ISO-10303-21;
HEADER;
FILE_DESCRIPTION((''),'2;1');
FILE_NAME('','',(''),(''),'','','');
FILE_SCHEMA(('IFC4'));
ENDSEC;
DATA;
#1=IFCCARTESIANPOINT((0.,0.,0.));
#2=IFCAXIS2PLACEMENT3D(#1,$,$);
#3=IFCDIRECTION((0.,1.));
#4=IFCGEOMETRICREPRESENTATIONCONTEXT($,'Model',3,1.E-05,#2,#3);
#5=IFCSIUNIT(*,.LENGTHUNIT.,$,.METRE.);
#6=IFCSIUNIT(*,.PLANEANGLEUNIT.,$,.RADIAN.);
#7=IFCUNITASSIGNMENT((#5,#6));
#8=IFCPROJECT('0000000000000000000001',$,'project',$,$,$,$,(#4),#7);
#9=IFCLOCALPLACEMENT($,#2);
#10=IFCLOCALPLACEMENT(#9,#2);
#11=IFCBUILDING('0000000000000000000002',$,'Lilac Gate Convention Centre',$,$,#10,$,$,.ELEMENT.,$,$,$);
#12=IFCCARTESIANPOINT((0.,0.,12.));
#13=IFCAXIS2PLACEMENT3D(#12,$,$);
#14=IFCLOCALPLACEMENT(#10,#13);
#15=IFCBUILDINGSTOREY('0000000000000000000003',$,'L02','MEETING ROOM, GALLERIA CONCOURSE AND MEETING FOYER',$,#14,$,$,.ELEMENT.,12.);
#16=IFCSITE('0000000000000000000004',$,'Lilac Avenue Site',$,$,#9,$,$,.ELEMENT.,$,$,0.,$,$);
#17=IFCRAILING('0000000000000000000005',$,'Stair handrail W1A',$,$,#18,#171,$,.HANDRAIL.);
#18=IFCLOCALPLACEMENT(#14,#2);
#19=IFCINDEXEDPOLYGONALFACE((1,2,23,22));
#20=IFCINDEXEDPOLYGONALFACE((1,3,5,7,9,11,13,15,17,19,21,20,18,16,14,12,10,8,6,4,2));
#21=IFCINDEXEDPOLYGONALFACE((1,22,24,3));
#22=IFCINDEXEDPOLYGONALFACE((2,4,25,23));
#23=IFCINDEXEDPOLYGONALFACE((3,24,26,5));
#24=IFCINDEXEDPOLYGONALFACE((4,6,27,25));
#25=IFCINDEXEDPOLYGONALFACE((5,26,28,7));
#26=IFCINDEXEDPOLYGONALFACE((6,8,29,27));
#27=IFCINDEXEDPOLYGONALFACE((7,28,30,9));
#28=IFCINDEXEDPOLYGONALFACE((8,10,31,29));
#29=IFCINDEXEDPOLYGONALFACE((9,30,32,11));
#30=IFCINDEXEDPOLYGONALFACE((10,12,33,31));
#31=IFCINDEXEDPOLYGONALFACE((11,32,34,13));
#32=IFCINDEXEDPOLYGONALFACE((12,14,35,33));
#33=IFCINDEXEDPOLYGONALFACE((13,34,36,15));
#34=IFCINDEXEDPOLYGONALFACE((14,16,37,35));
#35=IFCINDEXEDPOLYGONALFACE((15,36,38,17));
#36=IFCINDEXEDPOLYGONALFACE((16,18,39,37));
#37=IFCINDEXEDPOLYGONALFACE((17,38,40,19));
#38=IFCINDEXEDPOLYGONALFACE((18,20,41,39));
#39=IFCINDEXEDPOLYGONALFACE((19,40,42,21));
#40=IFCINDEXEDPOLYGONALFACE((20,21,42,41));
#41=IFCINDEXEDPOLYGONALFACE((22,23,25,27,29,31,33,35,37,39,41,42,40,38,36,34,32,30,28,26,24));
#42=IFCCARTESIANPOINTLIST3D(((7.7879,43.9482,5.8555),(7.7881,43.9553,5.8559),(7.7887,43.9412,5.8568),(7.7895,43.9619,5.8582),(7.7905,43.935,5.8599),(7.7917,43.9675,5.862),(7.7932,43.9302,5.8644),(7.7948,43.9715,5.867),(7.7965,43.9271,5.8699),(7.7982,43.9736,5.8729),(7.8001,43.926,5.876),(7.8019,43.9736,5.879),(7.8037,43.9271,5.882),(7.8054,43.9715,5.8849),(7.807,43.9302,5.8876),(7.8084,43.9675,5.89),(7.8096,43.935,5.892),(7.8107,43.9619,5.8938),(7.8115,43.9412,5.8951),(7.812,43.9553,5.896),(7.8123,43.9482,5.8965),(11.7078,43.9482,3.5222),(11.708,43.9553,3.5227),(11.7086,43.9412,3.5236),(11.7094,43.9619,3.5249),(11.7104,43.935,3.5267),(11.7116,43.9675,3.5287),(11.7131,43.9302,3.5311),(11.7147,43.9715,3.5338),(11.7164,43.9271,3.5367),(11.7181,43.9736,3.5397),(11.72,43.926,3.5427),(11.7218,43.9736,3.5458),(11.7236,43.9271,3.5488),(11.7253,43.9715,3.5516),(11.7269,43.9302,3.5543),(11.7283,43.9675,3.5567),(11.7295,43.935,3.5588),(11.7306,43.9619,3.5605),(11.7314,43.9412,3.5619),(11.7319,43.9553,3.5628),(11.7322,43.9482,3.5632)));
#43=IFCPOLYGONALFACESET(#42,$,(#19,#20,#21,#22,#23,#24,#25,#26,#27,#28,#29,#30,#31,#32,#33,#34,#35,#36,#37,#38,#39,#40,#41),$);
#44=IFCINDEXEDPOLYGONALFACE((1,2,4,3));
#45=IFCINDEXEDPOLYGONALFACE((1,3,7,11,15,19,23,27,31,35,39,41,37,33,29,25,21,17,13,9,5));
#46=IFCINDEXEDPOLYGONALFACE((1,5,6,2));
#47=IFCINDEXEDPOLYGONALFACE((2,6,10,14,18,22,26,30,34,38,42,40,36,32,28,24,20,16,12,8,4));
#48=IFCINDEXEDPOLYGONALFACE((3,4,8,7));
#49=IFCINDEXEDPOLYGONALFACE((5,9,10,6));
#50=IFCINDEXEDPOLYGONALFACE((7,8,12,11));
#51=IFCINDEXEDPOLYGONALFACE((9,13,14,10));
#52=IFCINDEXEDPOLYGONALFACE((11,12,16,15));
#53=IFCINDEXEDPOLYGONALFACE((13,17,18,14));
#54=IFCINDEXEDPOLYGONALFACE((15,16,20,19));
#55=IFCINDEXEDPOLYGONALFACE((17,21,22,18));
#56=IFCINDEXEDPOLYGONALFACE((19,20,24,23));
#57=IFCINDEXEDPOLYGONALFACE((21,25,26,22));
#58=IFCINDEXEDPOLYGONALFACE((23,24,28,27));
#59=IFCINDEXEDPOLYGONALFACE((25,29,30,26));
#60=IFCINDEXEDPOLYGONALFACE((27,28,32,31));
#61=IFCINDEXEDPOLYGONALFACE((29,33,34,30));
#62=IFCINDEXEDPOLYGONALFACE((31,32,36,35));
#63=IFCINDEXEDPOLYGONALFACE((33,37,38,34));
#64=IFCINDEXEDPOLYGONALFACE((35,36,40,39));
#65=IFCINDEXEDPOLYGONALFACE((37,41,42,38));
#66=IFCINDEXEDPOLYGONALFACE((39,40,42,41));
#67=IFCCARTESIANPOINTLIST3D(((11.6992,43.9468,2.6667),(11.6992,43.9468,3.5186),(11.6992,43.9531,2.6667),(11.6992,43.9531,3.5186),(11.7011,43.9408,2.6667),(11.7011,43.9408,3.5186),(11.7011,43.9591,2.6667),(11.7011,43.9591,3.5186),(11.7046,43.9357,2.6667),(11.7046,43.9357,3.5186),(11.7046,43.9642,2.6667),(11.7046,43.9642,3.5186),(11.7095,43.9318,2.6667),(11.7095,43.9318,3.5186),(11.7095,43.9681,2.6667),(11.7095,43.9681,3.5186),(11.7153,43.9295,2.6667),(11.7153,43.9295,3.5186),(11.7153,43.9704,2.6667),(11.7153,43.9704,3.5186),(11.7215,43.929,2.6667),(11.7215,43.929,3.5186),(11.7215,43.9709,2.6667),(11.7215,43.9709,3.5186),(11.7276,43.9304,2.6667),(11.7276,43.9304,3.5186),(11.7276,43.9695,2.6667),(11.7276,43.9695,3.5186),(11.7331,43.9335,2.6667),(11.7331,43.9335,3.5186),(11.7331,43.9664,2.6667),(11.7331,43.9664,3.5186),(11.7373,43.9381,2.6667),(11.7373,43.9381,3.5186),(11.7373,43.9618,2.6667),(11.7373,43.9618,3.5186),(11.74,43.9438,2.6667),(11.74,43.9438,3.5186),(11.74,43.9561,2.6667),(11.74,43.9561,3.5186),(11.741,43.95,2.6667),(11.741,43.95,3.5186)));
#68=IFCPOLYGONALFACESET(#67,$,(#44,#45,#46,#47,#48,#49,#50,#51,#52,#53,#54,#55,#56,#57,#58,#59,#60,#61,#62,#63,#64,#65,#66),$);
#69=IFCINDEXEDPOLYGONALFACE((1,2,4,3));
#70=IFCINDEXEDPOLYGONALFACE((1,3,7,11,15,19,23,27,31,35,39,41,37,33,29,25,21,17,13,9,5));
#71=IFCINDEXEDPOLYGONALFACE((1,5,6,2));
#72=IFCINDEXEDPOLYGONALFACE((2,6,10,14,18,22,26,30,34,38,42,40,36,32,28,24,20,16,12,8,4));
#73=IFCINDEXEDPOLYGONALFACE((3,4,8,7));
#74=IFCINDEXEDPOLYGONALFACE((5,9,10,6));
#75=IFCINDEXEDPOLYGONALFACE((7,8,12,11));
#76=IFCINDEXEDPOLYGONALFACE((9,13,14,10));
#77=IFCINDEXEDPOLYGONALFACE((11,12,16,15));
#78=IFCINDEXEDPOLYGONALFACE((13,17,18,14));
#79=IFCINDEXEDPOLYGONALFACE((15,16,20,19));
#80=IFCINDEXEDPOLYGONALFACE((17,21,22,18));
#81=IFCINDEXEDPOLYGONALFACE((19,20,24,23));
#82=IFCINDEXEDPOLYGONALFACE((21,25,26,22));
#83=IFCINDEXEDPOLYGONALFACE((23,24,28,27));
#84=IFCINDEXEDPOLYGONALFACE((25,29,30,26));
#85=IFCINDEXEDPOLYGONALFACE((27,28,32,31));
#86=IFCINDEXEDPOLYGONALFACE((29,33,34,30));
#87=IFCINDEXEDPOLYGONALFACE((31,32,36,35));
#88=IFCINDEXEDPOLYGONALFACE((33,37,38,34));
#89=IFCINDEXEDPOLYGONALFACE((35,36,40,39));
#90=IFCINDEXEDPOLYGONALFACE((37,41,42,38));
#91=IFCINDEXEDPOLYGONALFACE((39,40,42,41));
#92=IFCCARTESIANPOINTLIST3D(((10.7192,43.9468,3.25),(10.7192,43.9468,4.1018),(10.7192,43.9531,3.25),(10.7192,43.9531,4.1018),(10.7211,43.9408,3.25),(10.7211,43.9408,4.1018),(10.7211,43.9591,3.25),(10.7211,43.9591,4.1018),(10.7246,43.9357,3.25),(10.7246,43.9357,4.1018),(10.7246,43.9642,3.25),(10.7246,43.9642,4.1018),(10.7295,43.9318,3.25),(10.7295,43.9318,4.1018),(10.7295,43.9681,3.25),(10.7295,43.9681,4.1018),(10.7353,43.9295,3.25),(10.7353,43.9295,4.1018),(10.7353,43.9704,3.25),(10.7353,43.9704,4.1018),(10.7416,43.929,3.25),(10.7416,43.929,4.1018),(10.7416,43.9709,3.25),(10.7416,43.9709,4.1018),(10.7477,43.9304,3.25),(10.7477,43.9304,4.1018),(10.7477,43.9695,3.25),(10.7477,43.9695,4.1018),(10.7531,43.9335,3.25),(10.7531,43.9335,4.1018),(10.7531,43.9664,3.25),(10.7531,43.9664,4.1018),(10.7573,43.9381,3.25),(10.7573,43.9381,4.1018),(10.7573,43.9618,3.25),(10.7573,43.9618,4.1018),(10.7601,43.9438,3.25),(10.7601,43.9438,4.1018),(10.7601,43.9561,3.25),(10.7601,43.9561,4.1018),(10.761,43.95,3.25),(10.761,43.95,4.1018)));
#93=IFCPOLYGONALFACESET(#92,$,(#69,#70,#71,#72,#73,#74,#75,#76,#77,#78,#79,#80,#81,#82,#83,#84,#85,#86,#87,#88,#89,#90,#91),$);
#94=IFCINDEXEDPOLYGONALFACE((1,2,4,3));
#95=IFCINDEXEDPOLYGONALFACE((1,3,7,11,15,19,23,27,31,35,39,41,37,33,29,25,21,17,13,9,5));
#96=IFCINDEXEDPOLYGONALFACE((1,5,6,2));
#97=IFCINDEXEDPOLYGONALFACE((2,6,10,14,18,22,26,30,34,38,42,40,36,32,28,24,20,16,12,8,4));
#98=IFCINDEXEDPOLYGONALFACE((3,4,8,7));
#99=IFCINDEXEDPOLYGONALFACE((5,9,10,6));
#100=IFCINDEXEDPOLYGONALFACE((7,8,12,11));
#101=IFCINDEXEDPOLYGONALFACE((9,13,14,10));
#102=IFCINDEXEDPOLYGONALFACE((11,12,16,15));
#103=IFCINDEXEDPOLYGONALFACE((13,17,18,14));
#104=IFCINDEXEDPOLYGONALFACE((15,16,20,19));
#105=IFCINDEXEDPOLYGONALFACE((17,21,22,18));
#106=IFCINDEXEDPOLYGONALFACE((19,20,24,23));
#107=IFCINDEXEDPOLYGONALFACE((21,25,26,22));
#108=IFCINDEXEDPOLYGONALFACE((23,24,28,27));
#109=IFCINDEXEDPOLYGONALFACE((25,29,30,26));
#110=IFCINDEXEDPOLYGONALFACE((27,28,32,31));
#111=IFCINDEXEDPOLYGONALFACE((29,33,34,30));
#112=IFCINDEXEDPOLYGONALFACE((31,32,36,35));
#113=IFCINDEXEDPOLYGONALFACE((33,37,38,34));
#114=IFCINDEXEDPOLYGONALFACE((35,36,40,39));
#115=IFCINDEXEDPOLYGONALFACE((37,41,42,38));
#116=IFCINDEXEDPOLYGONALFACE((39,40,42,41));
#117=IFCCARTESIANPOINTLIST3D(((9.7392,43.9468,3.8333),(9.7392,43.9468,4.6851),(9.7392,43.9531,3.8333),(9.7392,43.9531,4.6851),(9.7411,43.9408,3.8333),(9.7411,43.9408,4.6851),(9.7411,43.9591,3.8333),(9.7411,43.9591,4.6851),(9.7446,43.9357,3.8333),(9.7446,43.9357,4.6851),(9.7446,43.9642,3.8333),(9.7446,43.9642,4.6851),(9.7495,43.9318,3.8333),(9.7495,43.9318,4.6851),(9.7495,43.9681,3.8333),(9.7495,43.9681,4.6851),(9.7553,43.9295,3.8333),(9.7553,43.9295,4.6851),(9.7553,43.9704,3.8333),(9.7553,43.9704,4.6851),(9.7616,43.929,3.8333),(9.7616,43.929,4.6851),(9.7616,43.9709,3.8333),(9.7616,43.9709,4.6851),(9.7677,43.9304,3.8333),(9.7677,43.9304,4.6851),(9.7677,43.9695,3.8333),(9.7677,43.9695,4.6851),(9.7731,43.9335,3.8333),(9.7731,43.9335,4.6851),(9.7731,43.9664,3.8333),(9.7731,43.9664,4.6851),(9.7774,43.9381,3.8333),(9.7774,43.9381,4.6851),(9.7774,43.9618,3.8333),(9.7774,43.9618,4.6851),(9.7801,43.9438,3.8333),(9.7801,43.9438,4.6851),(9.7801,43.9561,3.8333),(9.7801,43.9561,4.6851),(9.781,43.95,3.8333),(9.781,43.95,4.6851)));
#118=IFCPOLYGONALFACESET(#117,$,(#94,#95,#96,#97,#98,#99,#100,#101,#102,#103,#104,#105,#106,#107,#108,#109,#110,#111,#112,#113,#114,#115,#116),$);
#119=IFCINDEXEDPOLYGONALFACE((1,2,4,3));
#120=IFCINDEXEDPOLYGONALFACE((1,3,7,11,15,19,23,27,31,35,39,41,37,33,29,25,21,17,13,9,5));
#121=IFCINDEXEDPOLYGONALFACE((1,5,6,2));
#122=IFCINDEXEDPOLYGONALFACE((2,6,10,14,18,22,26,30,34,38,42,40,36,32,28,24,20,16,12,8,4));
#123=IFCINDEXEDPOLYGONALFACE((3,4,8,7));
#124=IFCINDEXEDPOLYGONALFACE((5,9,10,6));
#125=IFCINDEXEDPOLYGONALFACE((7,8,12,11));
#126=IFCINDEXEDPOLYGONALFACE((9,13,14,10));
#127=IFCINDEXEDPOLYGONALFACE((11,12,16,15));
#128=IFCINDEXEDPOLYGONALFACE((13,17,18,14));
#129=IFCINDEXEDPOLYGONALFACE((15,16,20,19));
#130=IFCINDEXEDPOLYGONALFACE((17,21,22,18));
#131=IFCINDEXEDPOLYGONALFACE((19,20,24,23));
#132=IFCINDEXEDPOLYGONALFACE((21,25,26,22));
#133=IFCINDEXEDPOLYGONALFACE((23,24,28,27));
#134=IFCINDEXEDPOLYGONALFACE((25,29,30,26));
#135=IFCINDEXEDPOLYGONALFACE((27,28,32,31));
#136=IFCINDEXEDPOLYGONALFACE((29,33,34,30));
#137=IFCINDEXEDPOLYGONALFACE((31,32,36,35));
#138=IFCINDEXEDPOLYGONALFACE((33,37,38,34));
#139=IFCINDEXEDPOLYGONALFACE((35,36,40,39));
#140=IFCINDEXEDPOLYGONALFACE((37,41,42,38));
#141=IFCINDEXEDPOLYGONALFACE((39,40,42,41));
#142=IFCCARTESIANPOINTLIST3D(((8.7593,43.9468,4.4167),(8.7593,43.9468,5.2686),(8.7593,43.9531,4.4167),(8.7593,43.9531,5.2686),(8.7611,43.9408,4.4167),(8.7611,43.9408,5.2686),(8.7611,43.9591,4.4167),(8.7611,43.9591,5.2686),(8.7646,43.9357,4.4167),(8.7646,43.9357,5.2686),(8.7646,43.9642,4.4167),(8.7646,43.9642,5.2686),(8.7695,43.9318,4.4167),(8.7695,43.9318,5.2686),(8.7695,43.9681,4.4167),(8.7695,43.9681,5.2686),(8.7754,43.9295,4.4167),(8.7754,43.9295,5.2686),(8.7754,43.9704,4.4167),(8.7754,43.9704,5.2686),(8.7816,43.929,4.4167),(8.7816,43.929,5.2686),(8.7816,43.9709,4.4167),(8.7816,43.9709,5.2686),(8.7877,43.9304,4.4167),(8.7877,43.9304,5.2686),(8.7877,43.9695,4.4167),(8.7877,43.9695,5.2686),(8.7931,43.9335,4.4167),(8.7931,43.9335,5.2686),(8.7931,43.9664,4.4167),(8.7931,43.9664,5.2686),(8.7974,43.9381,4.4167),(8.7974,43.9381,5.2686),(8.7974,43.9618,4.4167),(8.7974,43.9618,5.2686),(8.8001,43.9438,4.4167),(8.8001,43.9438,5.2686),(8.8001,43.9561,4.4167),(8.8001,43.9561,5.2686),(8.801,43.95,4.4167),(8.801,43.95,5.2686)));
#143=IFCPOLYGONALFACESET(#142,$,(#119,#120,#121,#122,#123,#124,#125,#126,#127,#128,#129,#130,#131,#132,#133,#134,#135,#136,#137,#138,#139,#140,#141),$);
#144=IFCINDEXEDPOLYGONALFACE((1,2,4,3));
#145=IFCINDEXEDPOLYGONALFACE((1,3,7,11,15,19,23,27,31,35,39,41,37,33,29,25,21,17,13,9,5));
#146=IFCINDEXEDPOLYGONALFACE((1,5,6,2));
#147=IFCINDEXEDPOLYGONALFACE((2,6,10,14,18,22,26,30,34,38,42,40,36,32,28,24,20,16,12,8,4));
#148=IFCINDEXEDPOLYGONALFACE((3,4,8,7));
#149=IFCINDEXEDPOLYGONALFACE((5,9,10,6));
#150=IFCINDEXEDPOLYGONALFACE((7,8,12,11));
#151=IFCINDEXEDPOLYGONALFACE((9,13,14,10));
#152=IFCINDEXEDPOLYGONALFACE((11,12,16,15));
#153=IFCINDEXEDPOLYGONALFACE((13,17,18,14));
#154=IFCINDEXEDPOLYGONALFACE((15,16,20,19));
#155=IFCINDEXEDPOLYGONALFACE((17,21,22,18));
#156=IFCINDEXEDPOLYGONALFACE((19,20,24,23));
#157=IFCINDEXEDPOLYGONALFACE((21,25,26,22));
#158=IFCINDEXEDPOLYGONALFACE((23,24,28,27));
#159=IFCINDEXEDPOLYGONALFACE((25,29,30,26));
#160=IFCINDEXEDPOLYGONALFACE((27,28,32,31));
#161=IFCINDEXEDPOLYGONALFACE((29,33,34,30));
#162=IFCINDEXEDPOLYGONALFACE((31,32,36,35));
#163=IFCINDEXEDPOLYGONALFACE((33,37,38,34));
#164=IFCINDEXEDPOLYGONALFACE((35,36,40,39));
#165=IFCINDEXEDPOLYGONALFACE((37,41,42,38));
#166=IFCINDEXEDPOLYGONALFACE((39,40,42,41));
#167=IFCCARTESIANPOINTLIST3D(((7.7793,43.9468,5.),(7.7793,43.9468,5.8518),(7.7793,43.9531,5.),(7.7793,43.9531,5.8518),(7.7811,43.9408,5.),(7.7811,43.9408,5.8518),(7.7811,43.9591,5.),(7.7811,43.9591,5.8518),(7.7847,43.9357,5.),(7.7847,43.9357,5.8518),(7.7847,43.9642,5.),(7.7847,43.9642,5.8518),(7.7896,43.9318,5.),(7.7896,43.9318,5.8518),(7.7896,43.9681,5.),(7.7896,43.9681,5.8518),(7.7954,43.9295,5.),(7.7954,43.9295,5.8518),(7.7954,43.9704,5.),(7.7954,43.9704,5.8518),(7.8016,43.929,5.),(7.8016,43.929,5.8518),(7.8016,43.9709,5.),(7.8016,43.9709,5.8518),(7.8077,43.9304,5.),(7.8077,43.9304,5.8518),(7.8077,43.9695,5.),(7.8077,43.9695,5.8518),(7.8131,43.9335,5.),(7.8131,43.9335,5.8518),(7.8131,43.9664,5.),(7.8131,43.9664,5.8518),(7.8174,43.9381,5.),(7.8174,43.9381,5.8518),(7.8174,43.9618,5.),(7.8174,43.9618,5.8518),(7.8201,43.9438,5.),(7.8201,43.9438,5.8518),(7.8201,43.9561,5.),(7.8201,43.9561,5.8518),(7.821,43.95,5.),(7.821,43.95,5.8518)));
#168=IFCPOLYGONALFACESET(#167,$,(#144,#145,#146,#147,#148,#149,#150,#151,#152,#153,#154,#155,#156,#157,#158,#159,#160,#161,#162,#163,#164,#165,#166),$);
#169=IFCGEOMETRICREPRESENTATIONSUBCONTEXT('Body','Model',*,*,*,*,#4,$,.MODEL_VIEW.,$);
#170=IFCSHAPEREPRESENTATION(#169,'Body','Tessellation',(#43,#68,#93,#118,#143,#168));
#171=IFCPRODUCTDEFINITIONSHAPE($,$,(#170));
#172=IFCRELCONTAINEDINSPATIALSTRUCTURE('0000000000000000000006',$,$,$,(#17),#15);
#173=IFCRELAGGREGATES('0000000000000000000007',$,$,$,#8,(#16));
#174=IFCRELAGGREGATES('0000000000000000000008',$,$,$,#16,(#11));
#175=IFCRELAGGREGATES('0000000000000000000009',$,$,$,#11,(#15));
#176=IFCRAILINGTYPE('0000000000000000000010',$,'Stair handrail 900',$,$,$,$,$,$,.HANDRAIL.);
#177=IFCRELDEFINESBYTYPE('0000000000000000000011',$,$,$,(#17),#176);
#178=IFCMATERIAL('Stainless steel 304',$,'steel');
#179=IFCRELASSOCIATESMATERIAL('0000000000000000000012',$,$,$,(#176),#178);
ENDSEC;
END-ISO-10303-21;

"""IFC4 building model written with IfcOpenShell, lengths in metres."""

from ifc_helpers import new_model, si_unit, direction, frame, origin, origin_2d, place, context, subcontext, project, spatial, circle, extrude, material, type_object, element, save


model = new_model("IFC4")

# Units and contexts
model_context = context("Model", 3, precision=1e-05, world=origin(), true_north=direction((0.0, 1.0)))
body_context = subcontext(model_context, "Body", "Model", "MODEL_VIEW")
ifc_project = project(units=[si_unit("LENGTHUNIT", "METRE"), si_unit("PLANEANGLEUNIT", "RADIAN")], contexts=[model_context])

# Site, building, storey
site_placement = place(None, origin())
site = spatial("IfcSite", under=ifc_project, at=site_placement, Name="Lilac Avenue Site", CompositionType="ELEMENT", RefElevation=0.0)
building_placement = place(site_placement, origin())
building = spatial("IfcBuilding", under=site, at=building_placement, Name="Lilac Gate Convention Centre", CompositionType="ELEMENT")
storey_placement = place(building_placement, frame((0.0, 0.0, 12.0)))
storey = spatial("IfcBuildingStorey", under=building, at=storey_placement, Name="L02", Description="MEETING ROOM, GALLERIA CONCOURSE AND MEETING FOYER", CompositionType="ELEMENT", Elevation=12.0)

# Shared definitions
ifc_material_1 = material(Name="Stainless steel 304", Category="steel")

# Railing
railing_type = type_object("IfcRailingType", Name="Stair handrail 900", PredefinedType="HANDRAIL", material=ifc_material_1)
for number, where, name in (
    (1, (11.72, 43.95, 2.6667), "Stair handrail W1A"),
):
    element("IfcRailing", number, at=place(storey_placement, frame(where)), inside=storey, type_object=railing_type, Name=name, PredefinedType="HANDRAIL", context=body_context, shape_type="SweptSolid", body=[
        extrude(circle(Radius=0.0239, at=origin_2d()), frame((0.0, 0.0, 0.876), z_axis=(-0.859296, 0.0, 0.511478), x_axis=(0.0, -1.0, 0.0)), (0.0, 0.0, 1.0), 4.5618),
        extrude(circle(Radius=0.021, at=origin_2d()), origin(), (0.0, 0.0, 1.0), 0.8518),
        extrude(circle(Radius=0.021, at=origin_2d()), frame((-0.98, 0.0, 0.5833)), (0.0, 0.0, 1.0), 0.8518),
        extrude(circle(Radius=0.021, at=origin_2d()), frame((-1.96, 0.0, 1.1665)), (0.0, 0.0, 1.0), 0.8518),
        extrude(circle(Radius=0.021, at=origin_2d()), frame((-2.9399, 0.0, 1.75)), (0.0, 0.0, 1.0), 0.8518),
        extrude(circle(Radius=0.021, at=origin_2d()), frame((-3.9199, 0.0, 2.3333)), (0.0, 0.0, 1.0), 0.8518),
    ])

save(model, "model.ifc")
